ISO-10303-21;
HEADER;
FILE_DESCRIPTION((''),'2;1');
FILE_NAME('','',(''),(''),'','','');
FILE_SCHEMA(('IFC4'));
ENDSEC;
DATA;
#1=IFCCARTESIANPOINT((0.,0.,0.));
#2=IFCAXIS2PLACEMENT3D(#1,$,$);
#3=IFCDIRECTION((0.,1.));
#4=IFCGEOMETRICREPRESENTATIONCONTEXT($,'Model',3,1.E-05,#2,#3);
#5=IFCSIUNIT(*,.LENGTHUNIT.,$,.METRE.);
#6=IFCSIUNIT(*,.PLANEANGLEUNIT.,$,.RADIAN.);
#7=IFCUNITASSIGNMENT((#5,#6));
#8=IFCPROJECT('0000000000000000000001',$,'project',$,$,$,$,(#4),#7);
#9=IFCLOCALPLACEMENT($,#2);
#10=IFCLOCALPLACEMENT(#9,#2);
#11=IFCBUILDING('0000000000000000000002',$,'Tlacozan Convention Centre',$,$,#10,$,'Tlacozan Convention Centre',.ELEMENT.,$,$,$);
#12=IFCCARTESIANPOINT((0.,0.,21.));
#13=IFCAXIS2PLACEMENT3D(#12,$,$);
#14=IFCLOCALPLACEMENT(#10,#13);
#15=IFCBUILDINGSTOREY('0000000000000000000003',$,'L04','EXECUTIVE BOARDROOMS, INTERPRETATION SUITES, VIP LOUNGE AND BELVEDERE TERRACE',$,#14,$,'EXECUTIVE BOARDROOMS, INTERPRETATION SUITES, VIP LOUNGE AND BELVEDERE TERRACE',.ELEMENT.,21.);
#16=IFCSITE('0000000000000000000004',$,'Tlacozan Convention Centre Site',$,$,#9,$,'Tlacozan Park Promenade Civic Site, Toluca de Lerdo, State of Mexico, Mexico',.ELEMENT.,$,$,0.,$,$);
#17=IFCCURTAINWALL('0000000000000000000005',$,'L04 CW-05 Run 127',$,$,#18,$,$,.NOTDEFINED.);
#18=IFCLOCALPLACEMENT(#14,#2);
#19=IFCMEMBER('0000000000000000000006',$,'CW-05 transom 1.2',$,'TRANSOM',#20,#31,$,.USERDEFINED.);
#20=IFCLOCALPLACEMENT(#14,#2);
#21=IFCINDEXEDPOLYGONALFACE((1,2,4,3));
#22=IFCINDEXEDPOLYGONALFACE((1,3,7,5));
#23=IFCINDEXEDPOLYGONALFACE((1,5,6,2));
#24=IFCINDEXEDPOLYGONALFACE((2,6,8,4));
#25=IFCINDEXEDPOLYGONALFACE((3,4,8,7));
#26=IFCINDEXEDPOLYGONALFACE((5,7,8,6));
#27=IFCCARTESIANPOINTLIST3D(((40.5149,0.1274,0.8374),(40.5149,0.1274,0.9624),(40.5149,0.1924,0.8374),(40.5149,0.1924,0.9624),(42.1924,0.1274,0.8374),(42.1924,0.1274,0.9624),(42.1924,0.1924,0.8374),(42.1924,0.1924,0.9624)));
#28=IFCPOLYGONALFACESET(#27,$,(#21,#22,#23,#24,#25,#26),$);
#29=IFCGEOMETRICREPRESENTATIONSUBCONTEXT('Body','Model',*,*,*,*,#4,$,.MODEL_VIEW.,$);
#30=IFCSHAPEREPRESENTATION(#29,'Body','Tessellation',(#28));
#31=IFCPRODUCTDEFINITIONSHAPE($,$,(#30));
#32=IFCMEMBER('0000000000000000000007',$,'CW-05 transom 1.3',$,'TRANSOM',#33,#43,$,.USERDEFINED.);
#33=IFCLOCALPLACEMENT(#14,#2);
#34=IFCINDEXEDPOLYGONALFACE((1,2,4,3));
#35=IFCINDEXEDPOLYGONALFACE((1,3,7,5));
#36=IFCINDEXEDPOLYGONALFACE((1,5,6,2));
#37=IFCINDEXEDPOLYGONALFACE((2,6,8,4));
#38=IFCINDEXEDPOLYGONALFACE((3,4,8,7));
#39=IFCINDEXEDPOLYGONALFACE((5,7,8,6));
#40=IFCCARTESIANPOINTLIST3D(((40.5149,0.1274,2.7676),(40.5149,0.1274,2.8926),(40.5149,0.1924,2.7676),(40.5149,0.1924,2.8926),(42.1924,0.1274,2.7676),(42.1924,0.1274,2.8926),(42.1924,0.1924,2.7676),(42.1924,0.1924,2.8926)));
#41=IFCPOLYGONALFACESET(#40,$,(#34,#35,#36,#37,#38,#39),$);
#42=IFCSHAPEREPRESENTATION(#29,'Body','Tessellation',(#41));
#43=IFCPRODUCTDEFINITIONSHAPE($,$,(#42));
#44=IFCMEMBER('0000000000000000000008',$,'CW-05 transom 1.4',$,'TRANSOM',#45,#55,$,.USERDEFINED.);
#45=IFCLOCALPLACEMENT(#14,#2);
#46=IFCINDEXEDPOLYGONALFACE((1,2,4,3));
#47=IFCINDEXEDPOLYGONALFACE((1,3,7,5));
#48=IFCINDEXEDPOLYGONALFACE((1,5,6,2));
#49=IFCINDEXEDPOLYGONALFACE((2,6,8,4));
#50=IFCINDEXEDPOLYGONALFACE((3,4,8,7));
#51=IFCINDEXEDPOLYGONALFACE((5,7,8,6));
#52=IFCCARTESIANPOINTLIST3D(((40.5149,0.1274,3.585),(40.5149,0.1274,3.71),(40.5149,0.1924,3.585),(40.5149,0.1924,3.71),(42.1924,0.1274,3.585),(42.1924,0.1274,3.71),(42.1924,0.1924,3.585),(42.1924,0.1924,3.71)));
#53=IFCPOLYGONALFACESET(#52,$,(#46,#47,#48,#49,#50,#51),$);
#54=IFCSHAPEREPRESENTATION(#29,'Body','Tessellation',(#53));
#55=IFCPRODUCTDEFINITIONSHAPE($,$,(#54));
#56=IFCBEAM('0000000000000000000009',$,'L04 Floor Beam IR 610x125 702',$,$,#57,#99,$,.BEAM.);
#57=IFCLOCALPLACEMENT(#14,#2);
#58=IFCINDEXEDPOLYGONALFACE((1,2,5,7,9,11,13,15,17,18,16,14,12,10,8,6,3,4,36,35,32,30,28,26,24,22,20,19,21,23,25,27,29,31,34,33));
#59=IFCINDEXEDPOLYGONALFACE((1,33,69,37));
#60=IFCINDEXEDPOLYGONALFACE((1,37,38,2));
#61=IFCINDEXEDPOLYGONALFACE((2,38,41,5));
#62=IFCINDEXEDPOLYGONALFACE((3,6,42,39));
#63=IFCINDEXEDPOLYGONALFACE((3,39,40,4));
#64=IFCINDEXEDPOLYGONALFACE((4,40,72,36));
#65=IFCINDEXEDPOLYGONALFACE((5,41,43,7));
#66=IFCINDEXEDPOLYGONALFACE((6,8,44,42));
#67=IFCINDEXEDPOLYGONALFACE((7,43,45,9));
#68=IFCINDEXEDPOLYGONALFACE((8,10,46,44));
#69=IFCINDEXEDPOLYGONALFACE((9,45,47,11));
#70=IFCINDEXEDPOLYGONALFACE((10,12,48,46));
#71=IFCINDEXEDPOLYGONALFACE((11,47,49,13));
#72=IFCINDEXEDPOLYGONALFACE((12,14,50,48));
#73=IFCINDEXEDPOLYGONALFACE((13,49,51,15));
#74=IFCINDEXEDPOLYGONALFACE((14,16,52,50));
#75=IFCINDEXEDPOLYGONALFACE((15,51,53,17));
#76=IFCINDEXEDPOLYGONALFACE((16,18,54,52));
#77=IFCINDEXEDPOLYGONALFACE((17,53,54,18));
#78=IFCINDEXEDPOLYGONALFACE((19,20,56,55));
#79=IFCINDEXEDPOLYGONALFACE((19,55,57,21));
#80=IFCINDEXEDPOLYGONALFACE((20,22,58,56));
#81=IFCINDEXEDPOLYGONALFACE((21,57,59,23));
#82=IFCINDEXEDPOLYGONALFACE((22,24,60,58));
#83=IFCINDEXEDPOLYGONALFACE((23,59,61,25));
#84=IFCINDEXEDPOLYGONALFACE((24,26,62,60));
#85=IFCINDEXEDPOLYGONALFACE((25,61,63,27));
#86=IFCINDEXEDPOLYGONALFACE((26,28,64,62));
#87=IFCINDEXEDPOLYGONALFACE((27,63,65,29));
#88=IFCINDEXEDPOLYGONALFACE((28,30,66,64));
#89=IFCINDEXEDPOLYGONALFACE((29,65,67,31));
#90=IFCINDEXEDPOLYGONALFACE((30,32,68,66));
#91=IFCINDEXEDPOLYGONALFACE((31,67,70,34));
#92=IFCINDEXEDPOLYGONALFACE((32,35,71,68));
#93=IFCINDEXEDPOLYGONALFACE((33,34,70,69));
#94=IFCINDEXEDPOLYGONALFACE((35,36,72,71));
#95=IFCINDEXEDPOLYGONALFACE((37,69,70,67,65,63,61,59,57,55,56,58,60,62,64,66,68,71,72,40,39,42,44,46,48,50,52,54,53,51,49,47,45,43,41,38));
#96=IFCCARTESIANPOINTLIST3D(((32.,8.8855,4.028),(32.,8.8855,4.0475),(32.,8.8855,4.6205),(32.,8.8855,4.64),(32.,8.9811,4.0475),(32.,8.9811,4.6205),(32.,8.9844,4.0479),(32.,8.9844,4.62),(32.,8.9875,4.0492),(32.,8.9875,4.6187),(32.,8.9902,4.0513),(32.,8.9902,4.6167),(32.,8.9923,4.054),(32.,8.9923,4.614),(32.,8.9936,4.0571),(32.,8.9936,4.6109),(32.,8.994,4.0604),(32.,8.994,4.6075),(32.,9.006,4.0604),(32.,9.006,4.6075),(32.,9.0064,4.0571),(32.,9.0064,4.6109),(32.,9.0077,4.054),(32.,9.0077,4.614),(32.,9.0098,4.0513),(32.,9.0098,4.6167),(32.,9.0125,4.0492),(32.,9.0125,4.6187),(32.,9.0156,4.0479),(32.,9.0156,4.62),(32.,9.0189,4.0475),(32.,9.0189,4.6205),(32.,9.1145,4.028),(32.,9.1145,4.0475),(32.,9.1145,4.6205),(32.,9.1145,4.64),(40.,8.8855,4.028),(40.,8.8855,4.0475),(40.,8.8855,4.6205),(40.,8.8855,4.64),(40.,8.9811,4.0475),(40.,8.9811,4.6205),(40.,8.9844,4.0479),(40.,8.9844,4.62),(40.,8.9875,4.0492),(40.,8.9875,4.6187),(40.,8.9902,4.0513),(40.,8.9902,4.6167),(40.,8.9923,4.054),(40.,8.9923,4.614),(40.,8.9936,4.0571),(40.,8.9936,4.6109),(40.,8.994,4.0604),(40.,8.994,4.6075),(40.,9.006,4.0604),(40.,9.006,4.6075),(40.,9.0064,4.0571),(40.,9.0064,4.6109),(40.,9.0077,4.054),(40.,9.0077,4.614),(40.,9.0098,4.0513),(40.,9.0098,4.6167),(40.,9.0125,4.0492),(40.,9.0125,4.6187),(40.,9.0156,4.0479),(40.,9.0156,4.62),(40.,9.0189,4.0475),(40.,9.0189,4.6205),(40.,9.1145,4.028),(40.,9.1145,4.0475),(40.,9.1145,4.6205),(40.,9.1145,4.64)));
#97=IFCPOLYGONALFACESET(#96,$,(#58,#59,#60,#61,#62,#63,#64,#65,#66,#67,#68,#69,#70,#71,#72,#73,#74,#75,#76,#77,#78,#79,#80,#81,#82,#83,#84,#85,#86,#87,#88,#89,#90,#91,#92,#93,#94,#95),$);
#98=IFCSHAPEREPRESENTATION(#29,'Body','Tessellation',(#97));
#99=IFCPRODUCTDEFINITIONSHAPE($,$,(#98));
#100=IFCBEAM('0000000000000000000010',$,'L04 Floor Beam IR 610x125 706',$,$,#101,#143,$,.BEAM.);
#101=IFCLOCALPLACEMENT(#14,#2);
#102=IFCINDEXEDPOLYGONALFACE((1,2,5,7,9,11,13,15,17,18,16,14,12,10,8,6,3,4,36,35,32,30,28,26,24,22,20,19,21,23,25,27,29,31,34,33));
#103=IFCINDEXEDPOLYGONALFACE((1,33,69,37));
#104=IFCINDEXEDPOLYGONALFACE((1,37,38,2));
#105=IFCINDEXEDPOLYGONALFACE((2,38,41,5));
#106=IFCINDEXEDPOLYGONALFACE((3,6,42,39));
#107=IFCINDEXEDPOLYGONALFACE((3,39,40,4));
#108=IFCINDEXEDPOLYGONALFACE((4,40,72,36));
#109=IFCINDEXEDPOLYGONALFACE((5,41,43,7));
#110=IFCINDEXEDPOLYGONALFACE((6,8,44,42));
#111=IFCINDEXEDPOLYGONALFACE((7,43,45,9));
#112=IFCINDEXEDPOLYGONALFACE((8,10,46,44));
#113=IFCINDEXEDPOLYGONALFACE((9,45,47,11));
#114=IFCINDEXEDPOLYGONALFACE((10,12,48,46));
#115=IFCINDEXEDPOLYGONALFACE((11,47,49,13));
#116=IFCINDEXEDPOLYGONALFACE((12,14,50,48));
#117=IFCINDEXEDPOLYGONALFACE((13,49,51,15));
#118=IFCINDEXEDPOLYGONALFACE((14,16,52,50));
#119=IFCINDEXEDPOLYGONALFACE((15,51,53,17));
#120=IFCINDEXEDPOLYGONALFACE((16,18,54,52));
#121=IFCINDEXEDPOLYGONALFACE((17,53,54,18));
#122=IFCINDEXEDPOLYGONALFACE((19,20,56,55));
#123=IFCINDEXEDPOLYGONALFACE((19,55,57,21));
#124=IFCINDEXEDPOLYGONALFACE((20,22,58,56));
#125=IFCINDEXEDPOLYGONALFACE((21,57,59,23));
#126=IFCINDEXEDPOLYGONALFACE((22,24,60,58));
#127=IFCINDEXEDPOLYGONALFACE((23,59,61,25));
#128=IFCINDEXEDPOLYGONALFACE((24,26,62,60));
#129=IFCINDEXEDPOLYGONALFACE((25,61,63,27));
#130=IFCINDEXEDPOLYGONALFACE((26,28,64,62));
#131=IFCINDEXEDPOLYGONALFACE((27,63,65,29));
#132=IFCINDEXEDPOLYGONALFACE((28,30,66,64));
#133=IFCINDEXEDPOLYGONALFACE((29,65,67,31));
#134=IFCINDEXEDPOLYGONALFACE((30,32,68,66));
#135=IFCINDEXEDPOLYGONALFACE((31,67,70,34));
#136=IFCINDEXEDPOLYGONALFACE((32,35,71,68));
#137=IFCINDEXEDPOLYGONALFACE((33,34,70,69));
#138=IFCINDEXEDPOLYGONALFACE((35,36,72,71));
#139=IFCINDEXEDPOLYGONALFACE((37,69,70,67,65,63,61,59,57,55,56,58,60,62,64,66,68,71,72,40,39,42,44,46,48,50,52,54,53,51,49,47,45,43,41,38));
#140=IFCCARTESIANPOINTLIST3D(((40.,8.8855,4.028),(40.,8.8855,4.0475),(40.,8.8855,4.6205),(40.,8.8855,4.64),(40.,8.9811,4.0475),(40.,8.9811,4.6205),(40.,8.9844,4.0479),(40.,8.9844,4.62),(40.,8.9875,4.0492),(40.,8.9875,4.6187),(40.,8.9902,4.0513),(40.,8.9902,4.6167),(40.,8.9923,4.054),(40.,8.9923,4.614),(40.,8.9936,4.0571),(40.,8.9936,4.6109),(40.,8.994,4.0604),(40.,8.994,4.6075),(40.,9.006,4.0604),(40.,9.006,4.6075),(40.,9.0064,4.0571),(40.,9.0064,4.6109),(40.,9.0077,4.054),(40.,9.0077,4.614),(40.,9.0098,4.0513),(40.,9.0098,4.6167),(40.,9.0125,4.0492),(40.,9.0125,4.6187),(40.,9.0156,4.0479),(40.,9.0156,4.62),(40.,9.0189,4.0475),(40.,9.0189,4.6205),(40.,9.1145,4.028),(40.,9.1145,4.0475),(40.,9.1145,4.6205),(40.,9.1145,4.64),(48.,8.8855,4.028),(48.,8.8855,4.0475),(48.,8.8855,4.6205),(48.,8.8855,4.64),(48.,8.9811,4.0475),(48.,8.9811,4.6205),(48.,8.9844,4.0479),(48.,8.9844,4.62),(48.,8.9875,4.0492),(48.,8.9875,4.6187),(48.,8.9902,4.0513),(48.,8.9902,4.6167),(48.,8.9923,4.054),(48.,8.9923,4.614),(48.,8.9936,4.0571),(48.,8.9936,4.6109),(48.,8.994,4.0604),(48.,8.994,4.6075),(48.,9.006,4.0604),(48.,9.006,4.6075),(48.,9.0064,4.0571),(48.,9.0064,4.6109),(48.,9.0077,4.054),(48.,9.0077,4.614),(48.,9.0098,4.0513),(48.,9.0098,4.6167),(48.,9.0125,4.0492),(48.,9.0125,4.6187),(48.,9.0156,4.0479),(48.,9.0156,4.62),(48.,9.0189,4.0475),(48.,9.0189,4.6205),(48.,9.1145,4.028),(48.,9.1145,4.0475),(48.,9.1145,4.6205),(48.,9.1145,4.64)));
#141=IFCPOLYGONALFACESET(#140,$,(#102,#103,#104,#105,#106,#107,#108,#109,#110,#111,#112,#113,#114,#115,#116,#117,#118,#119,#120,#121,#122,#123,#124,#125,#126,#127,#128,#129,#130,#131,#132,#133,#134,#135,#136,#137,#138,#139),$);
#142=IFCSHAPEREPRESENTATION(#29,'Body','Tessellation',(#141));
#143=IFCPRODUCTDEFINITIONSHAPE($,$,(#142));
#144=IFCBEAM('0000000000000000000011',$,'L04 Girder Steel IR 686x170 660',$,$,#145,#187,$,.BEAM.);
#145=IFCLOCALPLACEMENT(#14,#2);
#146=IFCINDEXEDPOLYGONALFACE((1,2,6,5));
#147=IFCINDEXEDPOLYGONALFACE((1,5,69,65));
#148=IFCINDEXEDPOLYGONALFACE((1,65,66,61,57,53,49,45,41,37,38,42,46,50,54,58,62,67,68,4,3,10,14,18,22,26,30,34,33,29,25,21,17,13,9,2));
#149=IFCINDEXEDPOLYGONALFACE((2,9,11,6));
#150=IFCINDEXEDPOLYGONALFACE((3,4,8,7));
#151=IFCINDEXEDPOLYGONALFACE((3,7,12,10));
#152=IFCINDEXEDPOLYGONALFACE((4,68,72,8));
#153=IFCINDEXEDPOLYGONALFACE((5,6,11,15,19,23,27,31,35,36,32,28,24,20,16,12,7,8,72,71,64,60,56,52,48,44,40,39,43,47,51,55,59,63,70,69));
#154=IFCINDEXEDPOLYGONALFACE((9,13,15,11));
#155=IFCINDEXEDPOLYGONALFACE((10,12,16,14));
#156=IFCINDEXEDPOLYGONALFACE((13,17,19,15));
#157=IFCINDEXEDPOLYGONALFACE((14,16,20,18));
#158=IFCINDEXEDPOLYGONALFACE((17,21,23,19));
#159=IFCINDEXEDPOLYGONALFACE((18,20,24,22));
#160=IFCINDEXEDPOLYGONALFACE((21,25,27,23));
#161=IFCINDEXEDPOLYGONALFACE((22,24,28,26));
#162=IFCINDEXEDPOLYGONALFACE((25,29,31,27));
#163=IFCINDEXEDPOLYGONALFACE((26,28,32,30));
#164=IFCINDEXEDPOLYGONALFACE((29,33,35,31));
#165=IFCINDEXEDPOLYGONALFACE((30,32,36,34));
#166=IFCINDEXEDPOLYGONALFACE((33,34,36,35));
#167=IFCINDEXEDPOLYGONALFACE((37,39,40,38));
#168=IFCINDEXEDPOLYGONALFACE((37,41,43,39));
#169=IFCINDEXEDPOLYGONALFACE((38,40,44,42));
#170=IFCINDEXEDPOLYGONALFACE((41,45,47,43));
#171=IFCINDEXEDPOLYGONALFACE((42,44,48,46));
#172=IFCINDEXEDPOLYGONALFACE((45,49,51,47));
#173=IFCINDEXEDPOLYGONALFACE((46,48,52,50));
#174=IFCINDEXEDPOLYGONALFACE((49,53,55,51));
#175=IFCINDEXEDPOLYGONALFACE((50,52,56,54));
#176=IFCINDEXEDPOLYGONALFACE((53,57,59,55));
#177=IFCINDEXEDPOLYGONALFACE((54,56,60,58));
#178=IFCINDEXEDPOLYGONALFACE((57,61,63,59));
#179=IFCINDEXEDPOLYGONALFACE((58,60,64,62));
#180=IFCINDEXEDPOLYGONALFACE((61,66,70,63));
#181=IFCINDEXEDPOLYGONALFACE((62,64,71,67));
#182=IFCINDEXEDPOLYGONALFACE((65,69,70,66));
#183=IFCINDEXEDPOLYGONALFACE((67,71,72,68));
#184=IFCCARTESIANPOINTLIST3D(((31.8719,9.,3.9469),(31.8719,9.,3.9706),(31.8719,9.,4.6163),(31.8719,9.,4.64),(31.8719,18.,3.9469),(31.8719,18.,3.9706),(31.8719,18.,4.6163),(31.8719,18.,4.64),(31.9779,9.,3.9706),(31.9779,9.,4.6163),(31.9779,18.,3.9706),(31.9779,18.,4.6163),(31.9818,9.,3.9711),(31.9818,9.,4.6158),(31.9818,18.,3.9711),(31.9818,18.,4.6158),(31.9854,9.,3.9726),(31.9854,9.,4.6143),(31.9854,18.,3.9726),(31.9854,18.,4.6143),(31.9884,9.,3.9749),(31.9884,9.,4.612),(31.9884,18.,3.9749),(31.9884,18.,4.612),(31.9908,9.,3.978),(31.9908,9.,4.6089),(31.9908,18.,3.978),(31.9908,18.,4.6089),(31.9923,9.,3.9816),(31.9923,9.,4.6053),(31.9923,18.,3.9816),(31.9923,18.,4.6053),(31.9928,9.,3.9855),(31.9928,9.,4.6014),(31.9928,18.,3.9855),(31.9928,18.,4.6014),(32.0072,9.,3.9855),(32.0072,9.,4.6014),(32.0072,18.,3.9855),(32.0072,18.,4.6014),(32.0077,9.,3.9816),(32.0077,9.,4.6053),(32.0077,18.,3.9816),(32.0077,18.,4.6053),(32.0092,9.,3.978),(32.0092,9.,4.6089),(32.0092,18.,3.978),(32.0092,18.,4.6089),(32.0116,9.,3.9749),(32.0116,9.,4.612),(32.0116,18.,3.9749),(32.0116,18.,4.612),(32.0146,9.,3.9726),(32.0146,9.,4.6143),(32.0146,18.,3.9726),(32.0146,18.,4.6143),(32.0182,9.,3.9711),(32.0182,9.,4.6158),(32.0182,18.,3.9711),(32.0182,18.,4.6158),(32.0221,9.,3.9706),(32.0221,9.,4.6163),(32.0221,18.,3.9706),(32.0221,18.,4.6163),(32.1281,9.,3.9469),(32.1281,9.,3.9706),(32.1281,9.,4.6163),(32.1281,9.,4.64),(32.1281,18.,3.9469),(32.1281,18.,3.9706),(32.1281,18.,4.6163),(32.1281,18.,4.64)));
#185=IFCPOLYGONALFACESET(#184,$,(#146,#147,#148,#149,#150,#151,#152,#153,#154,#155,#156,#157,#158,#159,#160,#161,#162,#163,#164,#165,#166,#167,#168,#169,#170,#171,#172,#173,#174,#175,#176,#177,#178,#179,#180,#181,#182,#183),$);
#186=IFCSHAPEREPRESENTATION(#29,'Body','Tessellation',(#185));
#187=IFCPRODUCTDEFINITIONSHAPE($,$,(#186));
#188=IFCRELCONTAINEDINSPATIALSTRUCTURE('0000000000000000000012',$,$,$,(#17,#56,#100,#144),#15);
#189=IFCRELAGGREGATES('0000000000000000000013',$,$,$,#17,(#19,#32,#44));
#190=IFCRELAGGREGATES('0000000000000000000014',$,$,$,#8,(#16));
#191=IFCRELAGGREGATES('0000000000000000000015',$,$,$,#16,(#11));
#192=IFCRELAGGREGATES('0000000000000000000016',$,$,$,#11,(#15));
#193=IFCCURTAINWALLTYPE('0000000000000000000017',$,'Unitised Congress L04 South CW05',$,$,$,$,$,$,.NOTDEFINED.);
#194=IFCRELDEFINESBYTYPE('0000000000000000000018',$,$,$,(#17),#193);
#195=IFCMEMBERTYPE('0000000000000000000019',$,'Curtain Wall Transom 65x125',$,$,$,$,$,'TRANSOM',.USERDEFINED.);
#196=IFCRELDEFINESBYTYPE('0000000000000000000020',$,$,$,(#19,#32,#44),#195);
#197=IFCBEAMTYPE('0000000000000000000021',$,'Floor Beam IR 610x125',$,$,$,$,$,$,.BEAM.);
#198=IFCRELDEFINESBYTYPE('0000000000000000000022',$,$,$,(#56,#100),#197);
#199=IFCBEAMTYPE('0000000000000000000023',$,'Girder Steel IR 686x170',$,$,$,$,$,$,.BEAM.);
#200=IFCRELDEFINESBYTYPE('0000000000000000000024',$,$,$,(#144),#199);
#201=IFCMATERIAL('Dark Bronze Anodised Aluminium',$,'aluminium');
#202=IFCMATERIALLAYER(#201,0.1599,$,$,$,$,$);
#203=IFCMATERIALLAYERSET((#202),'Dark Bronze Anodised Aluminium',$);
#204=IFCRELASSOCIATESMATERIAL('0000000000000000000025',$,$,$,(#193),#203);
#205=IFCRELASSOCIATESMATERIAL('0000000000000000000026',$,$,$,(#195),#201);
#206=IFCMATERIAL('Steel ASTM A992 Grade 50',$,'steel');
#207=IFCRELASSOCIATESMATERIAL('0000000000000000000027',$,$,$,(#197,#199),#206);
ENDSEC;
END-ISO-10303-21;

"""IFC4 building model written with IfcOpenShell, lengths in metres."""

from ifc_helpers import new_model, si_unit, direction, frame, origin, origin_2d, place, context, subcontext, project, spatial, rectangle, i_section, extrude, material, layer, layer_set, material_profile, profile_set, type_object, element, aggregate, save


model = new_model("IFC4")

# Units and contexts
model_context = context("Model", 3, precision=1e-05, world=origin(), true_north=direction((0.0, 1.0)))
body_context = subcontext(model_context, "Body", "Model", "MODEL_VIEW")
ifc_project = project(units=[si_unit("LENGTHUNIT", "METRE"), si_unit("PLANEANGLEUNIT", "RADIAN")], contexts=[model_context])

# Site, building, storey
site_placement = place(None, origin())
site = spatial("IfcSite", under=ifc_project, at=site_placement, Name="Tlacozan Convention Centre Site", LongName="Tlacozan Park Promenade Civic Site, Toluca de Lerdo, State of Mexico, Mexico", CompositionType="ELEMENT", RefElevation=0.0)
building_placement = place(site_placement, origin())
building = spatial("IfcBuilding", under=site, at=building_placement, Name="Tlacozan Convention Centre", LongName="Tlacozan Convention Centre", CompositionType="ELEMENT")
storey_placement = place(building_placement, frame((0.0, 0.0, 21.0)))
storey = spatial("IfcBuildingStorey", under=building, at=storey_placement, Name="L04", Description="EXECUTIVE BOARDROOMS, INTERPRETATION SUITES, VIP LOUNGE AND BELVEDERE TERRACE", LongName="EXECUTIVE BOARDROOMS, INTERPRETATION SUITES, VIP LOUNGE AND BELVEDERE TERRACE", CompositionType="ELEMENT", Elevation=21.0)

# Shared definitions
ifc_material_1 = material(Name="Dark Bronze Anodised Aluminium", Category="aluminium")
ifc_layer_1 = layer(ifc_material_1, 0.1599)
ifc_layer_set_1 = layer_set([ifc_layer_1], Name="Dark Bronze Anodised Aluminium")
curtain_wall_type = type_object("IfcCurtainWallType", Name="Unitised Congress L04 South CW05", PredefinedType="NOTDEFINED", material=ifc_layer_set_1)

# Curtain wall
curtain_wall_1_placement = place(storey_placement, origin())
curtain_wall_1 = element("IfcCurtainWall", 1, at=curtain_wall_1_placement, inside=storey, type_object=curtain_wall_type, Name="L04 CW-05 Run 127", PredefinedType="NOTDEFINED")

# Members
ifc_material_profile_1 = material_profile(ifc_material_1, rectangle(XDim=0.0649, YDim=0.125, at=origin_2d()), Name="ALU 65x125")
ifc_profile_set_1 = profile_set([ifc_material_profile_1], Name="Dark Bronze Anodised Aluminium")
member_type_1 = type_object("IfcMemberType", Name="Curtain Wall Transom 65x125", ElementType="TRANSOM", PredefinedType="USERDEFINED", material=ifc_profile_set_1)
member_1_placement = place(storey_placement, frame((40.5149, 0.1599, 0.8999), z_axis=(1.0, 0.0, 0.0), x_axis=(0.0, 1.0, 0.0)))
member_1 = element("IfcMember", 2, at=member_1_placement, type_object=member_type_1, Name="CW-05 transom 1.2", ObjectType="TRANSOM", PredefinedType="USERDEFINED", context=body_context, shape_type="SweptSolid", body=[
    extrude(rectangle(XDim=0.0649, YDim=0.125, at=origin_2d()), origin(), (0.0, 0.0, 1.0), 1.6775),
])
member_2_placement = place(storey_placement, frame((40.5149, 0.1599, 2.8301), z_axis=(1.0, 0.0, 0.0), x_axis=(0.0, 1.0, 0.0)))
member_2 = element("IfcMember", 3, at=member_2_placement, type_object=member_type_1, Name="CW-05 transom 1.3", ObjectType="TRANSOM", PredefinedType="USERDEFINED", context=body_context, shape_type="SweptSolid", body=[
    extrude(rectangle(XDim=0.0649, YDim=0.125, at=origin_2d()), origin(), (0.0, 0.0, 1.0), 1.6775),
])
member_3_placement = place(storey_placement, frame((40.5149, 0.1599, 3.6475), z_axis=(1.0, 0.0, 0.0), x_axis=(0.0, 1.0, 0.0)))
member_3 = element("IfcMember", 4, at=member_3_placement, type_object=member_type_1, Name="CW-05 transom 1.4", ObjectType="TRANSOM", PredefinedType="USERDEFINED", context=body_context, shape_type="SweptSolid", body=[
    extrude(rectangle(XDim=0.0649, YDim=0.125, at=origin_2d()), origin(), (0.0, 0.0, 1.0), 1.6775),
])
aggregate(curtain_wall_1, [member_1, member_2, member_3])

# Beams
ifc_material_2 = material(Name="Steel ASTM A992 Grade 50", Category="steel")
ifc_material_profile_2 = material_profile(ifc_material_2, i_section(OverallWidth=0.229, OverallDepth=0.6121, WebThickness=0.012, FlangeThickness=0.0195, FilletRadius=0.0129, at=origin_2d()), Name="IR 610x125.0")
ifc_profile_set_2 = profile_set([ifc_material_profile_2], Name="Steel ASTM A992 Grade 50")
beam_type_1 = type_object("IfcBeamType", Name="Floor Beam IR 610x125", PredefinedType="BEAM", material=ifc_profile_set_2)
for number, where, z_axis, x_axis, name in (
    (5, (32.0, 9.0, 4.334), (1.0, 0.0, 0.0), (0.0, 1.0, 0.0), "L04 Floor Beam IR 610x125 702"),
    (6, (40.0, 9.0, 4.334), (1.0, 0.0, 0.0), (0.0, 1.0, 0.0), "L04 Floor Beam IR 610x125 706"),
):
    element("IfcBeam", number, at=place(storey_placement, frame(where, z_axis=z_axis, x_axis=x_axis)), inside=storey, type_object=beam_type_1, Name=name, PredefinedType="BEAM", context=body_context, shape_type="SweptSolid", body=[
        extrude(i_section(OverallWidth=0.229, OverallDepth=0.6121, WebThickness=0.012, FlangeThickness=0.0195, FilletRadius=0.0129, at=origin_2d()), origin(), (0.0, 0.0, 1.0), 8.0),
    ])
ifc_material_profile_3 = material_profile(ifc_material_2, i_section(OverallWidth=0.2561, OverallDepth=0.6931, WebThickness=0.0144, FlangeThickness=0.0237, FilletRadius=0.0149, at=origin_2d()), Name="IR 686x170.0")
ifc_profile_set_3 = profile_set([ifc_material_profile_3], Name="Steel ASTM A992 Grade 50")
beam_type_2 = type_object("IfcBeamType", Name="Girder Steel IR 686x170", PredefinedType="BEAM", material=ifc_profile_set_3)
for number, where, z_axis, x_axis, name in (
    (7, (32.0, 9.0, 4.2935), (0.0, 1.0, 0.0), (-1.0, 0.0, 0.0), "L04 Girder Steel IR 686x170 660"),
):
    element("IfcBeam", number, at=place(storey_placement, frame(where, z_axis=z_axis, x_axis=x_axis)), inside=storey, type_object=beam_type_2, Name=name, PredefinedType="BEAM", context=body_context, shape_type="SweptSolid", body=[
        extrude(i_section(OverallWidth=0.2561, OverallDepth=0.6931, WebThickness=0.0144, FlangeThickness=0.0237, FilletRadius=0.0149, at=origin_2d()), origin(), (0.0, 0.0, 1.0), 9.0),
    ])

save(model, "model.ifc")
